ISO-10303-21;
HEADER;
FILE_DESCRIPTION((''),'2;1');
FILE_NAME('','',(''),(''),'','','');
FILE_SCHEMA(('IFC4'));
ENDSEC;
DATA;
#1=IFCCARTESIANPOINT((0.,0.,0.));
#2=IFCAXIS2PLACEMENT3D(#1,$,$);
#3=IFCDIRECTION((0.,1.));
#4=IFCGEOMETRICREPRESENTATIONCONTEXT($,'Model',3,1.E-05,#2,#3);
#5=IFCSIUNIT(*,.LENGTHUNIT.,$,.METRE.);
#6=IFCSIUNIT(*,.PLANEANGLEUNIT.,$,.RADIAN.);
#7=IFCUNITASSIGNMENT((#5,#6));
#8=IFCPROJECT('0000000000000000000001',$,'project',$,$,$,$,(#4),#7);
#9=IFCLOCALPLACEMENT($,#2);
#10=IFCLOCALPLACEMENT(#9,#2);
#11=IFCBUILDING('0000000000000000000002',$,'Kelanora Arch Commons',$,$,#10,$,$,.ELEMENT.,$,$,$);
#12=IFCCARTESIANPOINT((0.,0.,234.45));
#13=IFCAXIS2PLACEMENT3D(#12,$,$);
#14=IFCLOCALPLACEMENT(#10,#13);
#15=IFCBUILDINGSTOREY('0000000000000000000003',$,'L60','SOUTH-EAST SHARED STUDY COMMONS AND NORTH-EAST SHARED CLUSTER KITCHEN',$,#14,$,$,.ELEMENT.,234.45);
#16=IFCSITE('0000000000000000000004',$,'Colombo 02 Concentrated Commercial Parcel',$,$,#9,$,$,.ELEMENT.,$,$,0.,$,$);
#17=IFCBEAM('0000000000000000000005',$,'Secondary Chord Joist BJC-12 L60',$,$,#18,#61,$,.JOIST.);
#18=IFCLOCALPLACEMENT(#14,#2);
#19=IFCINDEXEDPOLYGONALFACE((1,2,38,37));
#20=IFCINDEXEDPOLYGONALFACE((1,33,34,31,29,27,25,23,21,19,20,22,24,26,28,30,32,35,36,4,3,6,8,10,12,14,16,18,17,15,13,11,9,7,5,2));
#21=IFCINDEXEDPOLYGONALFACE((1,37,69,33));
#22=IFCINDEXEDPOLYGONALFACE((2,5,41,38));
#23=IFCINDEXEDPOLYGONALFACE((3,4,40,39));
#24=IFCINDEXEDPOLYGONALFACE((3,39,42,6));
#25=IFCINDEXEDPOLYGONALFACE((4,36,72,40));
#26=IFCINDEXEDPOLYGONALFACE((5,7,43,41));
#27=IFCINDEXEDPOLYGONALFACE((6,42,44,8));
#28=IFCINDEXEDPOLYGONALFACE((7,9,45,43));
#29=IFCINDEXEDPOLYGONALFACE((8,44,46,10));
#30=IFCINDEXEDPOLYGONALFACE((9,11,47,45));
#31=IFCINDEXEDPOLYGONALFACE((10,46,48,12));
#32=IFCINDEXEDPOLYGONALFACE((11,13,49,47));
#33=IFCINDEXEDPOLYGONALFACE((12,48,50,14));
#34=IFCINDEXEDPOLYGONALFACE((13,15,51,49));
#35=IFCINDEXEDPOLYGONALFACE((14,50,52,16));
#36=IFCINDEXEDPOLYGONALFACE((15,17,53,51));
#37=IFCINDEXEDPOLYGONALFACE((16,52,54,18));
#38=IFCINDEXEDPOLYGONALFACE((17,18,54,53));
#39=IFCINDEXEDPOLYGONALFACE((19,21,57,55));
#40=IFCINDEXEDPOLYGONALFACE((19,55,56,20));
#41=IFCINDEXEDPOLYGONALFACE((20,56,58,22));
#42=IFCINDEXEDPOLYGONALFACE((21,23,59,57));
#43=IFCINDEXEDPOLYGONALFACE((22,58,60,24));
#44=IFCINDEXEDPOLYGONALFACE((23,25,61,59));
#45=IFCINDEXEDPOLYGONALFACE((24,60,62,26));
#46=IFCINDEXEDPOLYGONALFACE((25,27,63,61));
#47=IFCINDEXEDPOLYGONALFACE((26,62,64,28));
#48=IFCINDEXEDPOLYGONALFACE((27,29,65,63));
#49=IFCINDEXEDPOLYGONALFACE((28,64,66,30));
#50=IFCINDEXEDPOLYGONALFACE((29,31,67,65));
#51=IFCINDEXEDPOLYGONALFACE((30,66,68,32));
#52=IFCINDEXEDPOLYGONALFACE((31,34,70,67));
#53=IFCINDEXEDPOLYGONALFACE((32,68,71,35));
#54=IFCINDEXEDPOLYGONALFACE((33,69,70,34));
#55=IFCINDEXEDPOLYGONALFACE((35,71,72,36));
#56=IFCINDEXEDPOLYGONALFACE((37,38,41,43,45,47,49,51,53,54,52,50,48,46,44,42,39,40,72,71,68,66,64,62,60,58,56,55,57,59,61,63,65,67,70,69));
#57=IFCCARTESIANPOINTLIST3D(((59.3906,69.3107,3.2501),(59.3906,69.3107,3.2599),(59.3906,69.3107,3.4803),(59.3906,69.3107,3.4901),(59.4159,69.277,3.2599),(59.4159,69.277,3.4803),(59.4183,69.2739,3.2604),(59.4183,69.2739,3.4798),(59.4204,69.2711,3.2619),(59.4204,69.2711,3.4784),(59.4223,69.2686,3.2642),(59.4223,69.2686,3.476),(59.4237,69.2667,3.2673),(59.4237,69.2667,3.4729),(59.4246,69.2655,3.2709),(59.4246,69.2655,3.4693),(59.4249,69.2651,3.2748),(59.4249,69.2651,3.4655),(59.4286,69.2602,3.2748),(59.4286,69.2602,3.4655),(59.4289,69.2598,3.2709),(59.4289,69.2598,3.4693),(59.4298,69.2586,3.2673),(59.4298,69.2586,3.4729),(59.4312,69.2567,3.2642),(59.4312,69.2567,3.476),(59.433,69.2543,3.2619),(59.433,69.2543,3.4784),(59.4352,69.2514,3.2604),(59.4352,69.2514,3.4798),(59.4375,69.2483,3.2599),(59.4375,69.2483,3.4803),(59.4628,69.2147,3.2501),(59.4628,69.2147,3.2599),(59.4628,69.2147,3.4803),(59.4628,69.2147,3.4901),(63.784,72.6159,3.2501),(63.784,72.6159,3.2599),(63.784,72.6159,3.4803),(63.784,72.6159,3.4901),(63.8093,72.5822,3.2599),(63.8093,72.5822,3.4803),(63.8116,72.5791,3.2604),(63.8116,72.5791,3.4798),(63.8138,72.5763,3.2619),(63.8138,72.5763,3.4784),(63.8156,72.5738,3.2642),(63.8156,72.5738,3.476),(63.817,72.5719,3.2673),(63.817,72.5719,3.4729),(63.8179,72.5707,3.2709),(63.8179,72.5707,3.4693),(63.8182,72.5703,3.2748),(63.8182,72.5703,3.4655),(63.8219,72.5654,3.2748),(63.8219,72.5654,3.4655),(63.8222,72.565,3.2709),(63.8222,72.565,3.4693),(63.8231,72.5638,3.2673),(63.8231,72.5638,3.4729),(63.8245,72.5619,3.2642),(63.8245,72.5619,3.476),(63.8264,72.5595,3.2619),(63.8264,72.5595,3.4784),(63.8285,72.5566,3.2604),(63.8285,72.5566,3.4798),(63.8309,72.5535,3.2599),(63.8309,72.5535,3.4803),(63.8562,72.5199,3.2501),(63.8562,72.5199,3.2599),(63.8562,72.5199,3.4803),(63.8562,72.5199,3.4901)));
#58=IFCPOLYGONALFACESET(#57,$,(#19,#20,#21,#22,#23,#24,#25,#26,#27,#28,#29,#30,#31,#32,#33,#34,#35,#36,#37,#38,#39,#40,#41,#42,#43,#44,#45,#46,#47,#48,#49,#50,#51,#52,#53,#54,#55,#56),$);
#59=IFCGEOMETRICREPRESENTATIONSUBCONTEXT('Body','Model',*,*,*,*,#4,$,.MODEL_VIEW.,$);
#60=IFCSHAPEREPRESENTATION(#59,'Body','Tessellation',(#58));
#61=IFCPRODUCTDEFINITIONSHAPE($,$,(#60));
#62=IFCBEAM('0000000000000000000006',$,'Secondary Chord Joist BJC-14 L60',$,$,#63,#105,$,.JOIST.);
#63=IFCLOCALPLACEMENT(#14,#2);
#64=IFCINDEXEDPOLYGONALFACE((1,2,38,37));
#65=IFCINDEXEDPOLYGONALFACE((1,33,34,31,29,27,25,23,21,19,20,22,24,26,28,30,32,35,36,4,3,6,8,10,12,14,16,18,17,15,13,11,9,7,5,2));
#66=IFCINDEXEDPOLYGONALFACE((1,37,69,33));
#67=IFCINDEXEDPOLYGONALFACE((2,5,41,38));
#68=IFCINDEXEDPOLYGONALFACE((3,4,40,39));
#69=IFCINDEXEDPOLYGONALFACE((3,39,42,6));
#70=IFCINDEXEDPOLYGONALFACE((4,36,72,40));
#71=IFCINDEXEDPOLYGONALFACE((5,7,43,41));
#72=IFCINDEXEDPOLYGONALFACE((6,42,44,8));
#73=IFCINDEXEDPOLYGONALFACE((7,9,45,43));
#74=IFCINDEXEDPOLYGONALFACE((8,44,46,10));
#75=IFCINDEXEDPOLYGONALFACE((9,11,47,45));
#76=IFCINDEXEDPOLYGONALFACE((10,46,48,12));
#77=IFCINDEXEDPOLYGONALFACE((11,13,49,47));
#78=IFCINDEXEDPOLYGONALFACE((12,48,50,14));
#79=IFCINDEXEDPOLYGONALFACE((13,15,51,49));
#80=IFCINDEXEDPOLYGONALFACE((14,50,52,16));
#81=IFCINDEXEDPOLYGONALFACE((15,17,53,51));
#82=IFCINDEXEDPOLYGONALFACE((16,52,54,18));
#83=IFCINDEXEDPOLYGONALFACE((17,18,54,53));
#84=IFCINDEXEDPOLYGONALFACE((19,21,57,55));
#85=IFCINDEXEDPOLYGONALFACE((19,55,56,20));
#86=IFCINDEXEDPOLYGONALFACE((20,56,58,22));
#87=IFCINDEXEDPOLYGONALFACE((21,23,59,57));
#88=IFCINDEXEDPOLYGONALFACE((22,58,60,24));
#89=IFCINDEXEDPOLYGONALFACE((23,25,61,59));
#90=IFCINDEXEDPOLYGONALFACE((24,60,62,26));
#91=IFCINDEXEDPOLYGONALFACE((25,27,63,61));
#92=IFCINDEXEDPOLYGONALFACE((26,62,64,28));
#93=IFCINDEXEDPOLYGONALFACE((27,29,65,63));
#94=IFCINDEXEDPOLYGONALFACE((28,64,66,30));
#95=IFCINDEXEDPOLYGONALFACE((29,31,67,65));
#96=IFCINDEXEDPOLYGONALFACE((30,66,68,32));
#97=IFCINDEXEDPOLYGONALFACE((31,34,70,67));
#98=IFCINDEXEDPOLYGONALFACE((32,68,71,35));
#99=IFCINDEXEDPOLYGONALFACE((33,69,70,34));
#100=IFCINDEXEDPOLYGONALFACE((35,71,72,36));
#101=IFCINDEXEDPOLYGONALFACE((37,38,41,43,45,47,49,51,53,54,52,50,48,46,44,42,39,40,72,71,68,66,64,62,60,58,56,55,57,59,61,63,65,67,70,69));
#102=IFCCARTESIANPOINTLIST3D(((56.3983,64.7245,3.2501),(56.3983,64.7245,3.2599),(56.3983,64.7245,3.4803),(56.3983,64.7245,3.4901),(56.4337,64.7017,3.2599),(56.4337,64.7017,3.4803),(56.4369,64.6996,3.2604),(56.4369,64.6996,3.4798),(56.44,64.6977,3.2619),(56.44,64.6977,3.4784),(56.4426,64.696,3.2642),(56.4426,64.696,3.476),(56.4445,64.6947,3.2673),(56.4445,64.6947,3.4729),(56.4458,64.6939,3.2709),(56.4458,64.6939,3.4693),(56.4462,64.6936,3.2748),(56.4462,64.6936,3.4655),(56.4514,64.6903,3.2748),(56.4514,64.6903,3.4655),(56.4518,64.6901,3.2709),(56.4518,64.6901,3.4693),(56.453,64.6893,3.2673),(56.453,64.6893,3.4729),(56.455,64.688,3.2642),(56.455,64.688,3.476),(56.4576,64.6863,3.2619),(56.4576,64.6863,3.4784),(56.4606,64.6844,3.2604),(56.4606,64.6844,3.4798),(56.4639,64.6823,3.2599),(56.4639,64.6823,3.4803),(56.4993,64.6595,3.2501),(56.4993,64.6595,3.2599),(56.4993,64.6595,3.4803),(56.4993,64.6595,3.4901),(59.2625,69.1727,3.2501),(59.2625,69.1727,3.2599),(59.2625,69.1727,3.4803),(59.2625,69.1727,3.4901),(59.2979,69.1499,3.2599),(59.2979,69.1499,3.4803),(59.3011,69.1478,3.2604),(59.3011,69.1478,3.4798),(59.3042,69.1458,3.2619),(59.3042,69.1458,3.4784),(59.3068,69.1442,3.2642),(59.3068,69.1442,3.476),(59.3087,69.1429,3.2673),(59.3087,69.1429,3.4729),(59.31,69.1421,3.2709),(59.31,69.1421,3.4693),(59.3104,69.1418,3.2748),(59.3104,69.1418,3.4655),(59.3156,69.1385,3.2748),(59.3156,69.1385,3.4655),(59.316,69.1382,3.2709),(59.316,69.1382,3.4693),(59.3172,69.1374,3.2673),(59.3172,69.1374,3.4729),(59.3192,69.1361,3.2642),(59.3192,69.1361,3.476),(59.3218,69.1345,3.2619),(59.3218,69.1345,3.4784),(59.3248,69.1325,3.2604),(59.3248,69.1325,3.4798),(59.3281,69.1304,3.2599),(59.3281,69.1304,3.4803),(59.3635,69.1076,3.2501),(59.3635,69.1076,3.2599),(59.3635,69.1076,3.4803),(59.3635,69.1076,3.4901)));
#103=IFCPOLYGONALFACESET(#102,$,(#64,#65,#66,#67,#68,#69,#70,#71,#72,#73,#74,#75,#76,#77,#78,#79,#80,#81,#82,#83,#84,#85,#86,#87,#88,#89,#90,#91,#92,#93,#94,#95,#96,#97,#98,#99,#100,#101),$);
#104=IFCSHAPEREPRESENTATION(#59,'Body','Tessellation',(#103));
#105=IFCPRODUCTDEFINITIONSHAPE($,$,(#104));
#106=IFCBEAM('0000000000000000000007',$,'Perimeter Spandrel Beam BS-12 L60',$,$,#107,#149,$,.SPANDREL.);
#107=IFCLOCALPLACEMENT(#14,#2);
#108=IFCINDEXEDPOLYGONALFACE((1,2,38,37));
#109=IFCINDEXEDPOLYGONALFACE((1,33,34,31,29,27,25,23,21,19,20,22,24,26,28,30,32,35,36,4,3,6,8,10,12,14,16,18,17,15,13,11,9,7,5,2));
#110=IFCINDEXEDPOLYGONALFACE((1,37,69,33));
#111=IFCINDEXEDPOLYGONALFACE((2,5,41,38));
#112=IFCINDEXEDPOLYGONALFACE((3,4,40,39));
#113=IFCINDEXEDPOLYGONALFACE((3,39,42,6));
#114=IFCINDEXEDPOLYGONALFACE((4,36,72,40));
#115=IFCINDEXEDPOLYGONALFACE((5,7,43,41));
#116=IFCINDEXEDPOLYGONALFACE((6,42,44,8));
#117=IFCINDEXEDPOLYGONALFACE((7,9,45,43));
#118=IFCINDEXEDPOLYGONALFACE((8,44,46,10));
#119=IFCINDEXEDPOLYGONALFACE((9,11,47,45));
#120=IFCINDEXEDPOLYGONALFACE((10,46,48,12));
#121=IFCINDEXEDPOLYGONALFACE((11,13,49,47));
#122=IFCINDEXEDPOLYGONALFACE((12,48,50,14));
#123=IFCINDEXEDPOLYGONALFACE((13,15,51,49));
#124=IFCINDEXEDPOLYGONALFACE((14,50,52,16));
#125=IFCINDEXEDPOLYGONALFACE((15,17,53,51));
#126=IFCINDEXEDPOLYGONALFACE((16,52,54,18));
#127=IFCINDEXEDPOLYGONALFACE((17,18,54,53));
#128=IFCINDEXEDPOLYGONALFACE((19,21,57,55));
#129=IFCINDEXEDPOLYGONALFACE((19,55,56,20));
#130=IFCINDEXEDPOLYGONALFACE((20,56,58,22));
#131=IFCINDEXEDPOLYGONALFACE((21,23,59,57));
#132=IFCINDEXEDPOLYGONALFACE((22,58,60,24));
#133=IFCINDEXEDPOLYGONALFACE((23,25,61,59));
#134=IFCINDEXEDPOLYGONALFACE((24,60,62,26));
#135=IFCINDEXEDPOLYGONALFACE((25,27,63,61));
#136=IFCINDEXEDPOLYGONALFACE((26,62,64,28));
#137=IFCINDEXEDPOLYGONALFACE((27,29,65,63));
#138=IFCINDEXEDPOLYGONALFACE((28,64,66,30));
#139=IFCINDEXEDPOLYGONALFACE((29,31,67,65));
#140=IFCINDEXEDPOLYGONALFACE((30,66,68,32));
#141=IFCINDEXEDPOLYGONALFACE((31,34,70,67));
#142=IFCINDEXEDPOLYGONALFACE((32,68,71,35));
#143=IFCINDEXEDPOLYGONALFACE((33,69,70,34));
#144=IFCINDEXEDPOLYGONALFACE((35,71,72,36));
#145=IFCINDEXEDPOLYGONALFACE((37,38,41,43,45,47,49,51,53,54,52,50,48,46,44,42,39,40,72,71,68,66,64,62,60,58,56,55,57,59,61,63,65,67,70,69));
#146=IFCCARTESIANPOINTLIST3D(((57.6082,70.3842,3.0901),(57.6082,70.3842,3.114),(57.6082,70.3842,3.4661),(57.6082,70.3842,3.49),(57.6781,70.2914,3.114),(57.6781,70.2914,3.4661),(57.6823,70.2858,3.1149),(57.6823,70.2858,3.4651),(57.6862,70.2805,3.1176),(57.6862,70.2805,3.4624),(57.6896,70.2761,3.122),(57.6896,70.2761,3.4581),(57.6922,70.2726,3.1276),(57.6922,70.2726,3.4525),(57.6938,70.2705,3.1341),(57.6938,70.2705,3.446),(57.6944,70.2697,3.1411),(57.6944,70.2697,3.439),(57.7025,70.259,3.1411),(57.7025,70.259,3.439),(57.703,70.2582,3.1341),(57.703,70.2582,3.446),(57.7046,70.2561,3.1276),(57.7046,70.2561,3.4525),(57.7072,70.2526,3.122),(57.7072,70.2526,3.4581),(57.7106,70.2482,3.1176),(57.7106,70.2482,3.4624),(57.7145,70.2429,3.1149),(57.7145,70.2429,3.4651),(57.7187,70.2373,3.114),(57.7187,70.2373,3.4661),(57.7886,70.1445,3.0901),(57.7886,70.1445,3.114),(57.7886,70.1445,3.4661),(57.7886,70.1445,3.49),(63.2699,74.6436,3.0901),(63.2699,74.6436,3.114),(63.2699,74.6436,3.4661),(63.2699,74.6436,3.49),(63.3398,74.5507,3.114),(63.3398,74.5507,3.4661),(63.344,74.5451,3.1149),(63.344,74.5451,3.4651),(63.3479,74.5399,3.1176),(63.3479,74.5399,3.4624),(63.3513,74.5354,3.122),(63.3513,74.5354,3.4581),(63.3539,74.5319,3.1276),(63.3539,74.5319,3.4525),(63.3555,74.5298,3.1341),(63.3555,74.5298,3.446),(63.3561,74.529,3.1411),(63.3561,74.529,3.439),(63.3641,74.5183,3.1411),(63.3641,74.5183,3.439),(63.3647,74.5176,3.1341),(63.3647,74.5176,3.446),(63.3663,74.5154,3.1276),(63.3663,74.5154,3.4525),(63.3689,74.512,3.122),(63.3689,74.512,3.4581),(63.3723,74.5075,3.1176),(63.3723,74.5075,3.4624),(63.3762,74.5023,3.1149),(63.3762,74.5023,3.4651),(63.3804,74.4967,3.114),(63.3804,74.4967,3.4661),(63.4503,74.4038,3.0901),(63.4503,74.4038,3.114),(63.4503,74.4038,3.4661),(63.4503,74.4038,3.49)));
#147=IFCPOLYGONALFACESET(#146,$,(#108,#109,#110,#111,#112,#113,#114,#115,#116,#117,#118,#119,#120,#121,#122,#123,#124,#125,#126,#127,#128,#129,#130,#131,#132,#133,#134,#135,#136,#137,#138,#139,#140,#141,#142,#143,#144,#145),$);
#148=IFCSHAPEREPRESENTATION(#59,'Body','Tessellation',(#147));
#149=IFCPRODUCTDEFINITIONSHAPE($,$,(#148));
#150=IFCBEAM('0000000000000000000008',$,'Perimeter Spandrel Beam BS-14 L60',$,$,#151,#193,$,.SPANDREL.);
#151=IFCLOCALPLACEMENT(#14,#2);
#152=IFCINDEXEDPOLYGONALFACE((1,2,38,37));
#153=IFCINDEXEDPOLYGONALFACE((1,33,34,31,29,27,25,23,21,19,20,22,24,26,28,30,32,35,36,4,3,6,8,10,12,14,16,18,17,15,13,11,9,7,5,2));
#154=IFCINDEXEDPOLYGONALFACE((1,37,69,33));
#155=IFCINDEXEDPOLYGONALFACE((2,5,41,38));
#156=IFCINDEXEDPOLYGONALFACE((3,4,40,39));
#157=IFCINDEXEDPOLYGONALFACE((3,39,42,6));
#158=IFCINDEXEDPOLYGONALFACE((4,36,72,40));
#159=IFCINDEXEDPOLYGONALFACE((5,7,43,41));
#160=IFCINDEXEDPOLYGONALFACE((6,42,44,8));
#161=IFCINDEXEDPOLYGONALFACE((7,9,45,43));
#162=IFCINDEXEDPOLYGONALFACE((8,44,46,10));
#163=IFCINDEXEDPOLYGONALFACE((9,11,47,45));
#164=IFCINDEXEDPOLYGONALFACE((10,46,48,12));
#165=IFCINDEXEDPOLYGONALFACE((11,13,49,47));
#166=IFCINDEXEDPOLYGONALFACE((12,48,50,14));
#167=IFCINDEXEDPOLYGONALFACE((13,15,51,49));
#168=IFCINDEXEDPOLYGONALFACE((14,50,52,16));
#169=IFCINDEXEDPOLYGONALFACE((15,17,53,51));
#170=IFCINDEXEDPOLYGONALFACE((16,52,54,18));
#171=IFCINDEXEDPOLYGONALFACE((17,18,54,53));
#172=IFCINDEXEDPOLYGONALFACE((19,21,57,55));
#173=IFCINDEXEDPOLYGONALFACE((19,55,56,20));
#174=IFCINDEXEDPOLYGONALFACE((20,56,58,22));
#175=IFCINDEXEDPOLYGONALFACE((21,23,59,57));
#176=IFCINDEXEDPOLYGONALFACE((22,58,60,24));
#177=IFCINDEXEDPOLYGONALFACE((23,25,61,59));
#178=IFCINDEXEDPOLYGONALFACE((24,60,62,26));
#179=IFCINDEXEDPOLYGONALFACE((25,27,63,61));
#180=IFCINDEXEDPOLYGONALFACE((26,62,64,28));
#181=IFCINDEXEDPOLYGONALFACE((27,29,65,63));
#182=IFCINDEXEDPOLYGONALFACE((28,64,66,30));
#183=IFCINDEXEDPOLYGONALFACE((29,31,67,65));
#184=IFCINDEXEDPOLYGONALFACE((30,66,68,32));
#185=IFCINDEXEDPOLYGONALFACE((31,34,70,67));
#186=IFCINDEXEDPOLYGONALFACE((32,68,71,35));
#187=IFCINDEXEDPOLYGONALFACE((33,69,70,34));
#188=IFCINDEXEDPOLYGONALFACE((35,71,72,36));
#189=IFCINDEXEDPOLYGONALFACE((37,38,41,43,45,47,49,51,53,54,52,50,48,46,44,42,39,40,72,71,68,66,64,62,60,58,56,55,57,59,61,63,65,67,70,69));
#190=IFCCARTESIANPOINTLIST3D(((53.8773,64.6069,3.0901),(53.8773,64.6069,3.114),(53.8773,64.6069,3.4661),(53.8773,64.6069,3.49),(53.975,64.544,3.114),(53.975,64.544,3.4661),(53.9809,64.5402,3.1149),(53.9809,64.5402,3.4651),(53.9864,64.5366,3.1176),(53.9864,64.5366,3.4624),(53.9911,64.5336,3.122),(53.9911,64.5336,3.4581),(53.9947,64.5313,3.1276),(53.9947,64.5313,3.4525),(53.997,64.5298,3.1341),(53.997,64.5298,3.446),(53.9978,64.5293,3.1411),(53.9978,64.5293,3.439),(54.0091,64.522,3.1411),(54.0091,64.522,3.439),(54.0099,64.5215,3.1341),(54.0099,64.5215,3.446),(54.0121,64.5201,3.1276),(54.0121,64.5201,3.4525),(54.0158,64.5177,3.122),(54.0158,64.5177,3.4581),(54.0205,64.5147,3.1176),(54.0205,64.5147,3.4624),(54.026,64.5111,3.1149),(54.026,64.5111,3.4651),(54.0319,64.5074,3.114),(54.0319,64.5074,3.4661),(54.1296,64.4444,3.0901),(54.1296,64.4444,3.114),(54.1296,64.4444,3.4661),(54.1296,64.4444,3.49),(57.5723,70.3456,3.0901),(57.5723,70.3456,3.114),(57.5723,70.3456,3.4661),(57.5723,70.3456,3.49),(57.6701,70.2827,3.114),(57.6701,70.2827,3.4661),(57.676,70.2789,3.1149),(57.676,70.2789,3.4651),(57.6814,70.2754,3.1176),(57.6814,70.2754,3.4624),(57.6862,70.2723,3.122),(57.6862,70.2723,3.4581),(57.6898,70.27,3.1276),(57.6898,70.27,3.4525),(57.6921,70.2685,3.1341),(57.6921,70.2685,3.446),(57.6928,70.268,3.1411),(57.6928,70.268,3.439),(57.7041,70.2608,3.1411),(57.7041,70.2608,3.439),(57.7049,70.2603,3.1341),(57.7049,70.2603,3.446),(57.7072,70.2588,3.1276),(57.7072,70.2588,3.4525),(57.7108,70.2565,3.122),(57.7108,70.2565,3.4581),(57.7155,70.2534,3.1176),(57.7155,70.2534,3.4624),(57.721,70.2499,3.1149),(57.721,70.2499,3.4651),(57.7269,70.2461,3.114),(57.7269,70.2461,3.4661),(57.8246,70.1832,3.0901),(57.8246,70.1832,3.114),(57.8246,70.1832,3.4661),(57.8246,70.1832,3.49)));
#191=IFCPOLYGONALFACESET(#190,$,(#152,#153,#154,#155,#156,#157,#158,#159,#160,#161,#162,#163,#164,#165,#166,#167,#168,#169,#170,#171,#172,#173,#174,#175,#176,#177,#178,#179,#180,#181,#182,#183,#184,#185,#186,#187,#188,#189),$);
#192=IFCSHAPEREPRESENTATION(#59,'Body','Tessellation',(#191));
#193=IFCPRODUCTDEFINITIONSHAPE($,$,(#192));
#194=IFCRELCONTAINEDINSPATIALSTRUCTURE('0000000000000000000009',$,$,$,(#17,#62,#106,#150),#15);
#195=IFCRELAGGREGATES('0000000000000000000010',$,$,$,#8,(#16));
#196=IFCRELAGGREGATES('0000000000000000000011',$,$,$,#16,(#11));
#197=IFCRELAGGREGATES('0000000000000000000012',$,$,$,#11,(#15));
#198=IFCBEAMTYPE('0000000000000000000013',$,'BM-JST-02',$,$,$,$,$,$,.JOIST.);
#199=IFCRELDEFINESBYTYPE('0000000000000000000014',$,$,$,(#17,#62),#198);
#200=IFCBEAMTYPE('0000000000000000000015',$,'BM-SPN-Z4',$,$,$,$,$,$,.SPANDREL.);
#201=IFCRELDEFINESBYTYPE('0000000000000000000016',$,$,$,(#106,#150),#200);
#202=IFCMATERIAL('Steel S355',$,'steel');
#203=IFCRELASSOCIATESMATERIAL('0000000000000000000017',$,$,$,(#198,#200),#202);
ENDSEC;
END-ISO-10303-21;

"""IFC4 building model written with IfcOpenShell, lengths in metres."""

from ifc_helpers import new_model, si_unit, direction, frame, origin, origin_2d, place, context, subcontext, project, spatial, i_section, extrude, material, material_profile, profile_set, type_object, element, save


model = new_model("IFC4")

# Units and contexts
model_context = context("Model", 3, precision=1e-05, world=origin(), true_north=direction((0.0, 1.0)))
body_context = subcontext(model_context, "Body", "Model", "MODEL_VIEW")
ifc_project = project(units=[si_unit("LENGTHUNIT", "METRE"), si_unit("PLANEANGLEUNIT", "RADIAN")], contexts=[model_context])

# Site, building, storey
site_placement = place(None, origin())
site = spatial("IfcSite", under=ifc_project, at=site_placement, Name="Colombo 02 Concentrated Commercial Parcel", CompositionType="ELEMENT", RefElevation=0.0)
building_placement = place(site_placement, origin())
building = spatial("IfcBuilding", under=site, at=building_placement, Name="Kelanora Arch Commons", CompositionType="ELEMENT")
storey_placement = place(building_placement, frame((0.0, 0.0, 234.45)))
storey = spatial("IfcBuildingStorey", under=building, at=storey_placement, Name="L60", Description="SOUTH-EAST SHARED STUDY COMMONS AND NORTH-EAST SHARED CLUSTER KITCHEN", CompositionType="ELEMENT", Elevation=234.45)

# Beams
ifc_material_1 = material(Name="Steel S355", Category="steel")
ifc_material_profile_1 = material_profile(ifc_material_1, i_section(OverallWidth=0.1201, OverallDepth=0.24, WebThickness=0.0061, FlangeThickness=0.0098, FilletRadius=0.0149, at=origin_2d()), Name="IPE240")
ifc_profile_set_1 = profile_set([ifc_material_profile_1], Name="Steel S355")
beam_type_1 = type_object("IfcBeamType", Name="BM-JST-02", PredefinedType="JOIST", material=ifc_profile_set_1)
beam_1_placement = place(storey_placement, frame((63.8201, 72.5679, 3.3701), z_axis=(-0.799109, -0.601186, 0.0), x_axis=(0.601186, -0.799109, 0.0)))
element("IfcBeam", 1, at=beam_1_placement, inside=storey, type_object=beam_type_1, Name="Secondary Chord Joist BJC-12 L60", PredefinedType="JOIST", context=body_context, shape_type="SweptSolid", body=[
    extrude(i_section(OverallWidth=0.1201, OverallDepth=0.24, WebThickness=0.0061, FlangeThickness=0.0098, FilletRadius=0.0149, at=origin_2d()), origin(), (0.0, 0.0, 1.0), 5.4978),
])
beam_2_placement = place(storey_placement, frame((59.313, 69.1401, 3.3701), z_axis=(-0.541382, -0.840776, 0.0), x_axis=(0.840776, -0.541382, 0.0)))
element("IfcBeam", 2, at=beam_2_placement, inside=storey, type_object=beam_type_1, Name="Secondary Chord Joist BJC-14 L60", PredefinedType="JOIST", context=body_context, shape_type="SweptSolid", body=[
    extrude(i_section(OverallWidth=0.1201, OverallDepth=0.24, WebThickness=0.0061, FlangeThickness=0.0098, FilletRadius=0.0149, at=origin_2d()), origin(), (0.0, 0.0, 1.0), 5.2905),
])
ifc_material_profile_2 = material_profile(ifc_material_1, i_section(OverallWidth=0.3, OverallDepth=0.3999, WebThickness=0.0134, FlangeThickness=0.0239, FilletRadius=0.0271, at=origin_2d()), Name="HEB400")
ifc_profile_set_2 = profile_set([ifc_material_profile_2], Name="Steel S355")
beam_type_2 = type_object("IfcBeamType", Name="BM-SPN-Z4", PredefinedType="SPANDREL", material=ifc_profile_set_2)
beam_3_placement = place(storey_placement, frame((63.3601, 74.5237, 3.29), z_axis=(-0.799114, -0.601179, 0.0), x_axis=(0.601179, -0.799114, 0.0)))
element("IfcBeam", 3, at=beam_3_placement, inside=storey, type_object=beam_type_2, Name="Perimeter Spandrel Beam BS-12 L60", PredefinedType="SPANDREL", context=body_context, shape_type="SweptSolid", body=[
    extrude(i_section(OverallWidth=0.3, OverallDepth=0.3999, WebThickness=0.0134, FlangeThickness=0.0239, FilletRadius=0.0271, at=origin_2d()), origin(), (0.0, 0.0, 1.0), 7.085),
])
beam_4_placement = place(storey_placement, frame((57.6985, 70.2644, 3.29), z_axis=(-0.541365, -0.840788, 0.0), x_axis=(0.840788, -0.541365, 0.0)))
element("IfcBeam", 4, at=beam_4_placement, inside=storey, type_object=beam_type_2, Name="Perimeter Spandrel Beam BS-14 L60", PredefinedType="SPANDREL", context=body_context, shape_type="SweptSolid", body=[
    extrude(i_section(OverallWidth=0.3, OverallDepth=0.3999, WebThickness=0.0134, FlangeThickness=0.0239, FilletRadius=0.0271, at=origin_2d()), origin(), (0.0, 0.0, 1.0), 6.8254),
])

save(model, "model.ifc")
